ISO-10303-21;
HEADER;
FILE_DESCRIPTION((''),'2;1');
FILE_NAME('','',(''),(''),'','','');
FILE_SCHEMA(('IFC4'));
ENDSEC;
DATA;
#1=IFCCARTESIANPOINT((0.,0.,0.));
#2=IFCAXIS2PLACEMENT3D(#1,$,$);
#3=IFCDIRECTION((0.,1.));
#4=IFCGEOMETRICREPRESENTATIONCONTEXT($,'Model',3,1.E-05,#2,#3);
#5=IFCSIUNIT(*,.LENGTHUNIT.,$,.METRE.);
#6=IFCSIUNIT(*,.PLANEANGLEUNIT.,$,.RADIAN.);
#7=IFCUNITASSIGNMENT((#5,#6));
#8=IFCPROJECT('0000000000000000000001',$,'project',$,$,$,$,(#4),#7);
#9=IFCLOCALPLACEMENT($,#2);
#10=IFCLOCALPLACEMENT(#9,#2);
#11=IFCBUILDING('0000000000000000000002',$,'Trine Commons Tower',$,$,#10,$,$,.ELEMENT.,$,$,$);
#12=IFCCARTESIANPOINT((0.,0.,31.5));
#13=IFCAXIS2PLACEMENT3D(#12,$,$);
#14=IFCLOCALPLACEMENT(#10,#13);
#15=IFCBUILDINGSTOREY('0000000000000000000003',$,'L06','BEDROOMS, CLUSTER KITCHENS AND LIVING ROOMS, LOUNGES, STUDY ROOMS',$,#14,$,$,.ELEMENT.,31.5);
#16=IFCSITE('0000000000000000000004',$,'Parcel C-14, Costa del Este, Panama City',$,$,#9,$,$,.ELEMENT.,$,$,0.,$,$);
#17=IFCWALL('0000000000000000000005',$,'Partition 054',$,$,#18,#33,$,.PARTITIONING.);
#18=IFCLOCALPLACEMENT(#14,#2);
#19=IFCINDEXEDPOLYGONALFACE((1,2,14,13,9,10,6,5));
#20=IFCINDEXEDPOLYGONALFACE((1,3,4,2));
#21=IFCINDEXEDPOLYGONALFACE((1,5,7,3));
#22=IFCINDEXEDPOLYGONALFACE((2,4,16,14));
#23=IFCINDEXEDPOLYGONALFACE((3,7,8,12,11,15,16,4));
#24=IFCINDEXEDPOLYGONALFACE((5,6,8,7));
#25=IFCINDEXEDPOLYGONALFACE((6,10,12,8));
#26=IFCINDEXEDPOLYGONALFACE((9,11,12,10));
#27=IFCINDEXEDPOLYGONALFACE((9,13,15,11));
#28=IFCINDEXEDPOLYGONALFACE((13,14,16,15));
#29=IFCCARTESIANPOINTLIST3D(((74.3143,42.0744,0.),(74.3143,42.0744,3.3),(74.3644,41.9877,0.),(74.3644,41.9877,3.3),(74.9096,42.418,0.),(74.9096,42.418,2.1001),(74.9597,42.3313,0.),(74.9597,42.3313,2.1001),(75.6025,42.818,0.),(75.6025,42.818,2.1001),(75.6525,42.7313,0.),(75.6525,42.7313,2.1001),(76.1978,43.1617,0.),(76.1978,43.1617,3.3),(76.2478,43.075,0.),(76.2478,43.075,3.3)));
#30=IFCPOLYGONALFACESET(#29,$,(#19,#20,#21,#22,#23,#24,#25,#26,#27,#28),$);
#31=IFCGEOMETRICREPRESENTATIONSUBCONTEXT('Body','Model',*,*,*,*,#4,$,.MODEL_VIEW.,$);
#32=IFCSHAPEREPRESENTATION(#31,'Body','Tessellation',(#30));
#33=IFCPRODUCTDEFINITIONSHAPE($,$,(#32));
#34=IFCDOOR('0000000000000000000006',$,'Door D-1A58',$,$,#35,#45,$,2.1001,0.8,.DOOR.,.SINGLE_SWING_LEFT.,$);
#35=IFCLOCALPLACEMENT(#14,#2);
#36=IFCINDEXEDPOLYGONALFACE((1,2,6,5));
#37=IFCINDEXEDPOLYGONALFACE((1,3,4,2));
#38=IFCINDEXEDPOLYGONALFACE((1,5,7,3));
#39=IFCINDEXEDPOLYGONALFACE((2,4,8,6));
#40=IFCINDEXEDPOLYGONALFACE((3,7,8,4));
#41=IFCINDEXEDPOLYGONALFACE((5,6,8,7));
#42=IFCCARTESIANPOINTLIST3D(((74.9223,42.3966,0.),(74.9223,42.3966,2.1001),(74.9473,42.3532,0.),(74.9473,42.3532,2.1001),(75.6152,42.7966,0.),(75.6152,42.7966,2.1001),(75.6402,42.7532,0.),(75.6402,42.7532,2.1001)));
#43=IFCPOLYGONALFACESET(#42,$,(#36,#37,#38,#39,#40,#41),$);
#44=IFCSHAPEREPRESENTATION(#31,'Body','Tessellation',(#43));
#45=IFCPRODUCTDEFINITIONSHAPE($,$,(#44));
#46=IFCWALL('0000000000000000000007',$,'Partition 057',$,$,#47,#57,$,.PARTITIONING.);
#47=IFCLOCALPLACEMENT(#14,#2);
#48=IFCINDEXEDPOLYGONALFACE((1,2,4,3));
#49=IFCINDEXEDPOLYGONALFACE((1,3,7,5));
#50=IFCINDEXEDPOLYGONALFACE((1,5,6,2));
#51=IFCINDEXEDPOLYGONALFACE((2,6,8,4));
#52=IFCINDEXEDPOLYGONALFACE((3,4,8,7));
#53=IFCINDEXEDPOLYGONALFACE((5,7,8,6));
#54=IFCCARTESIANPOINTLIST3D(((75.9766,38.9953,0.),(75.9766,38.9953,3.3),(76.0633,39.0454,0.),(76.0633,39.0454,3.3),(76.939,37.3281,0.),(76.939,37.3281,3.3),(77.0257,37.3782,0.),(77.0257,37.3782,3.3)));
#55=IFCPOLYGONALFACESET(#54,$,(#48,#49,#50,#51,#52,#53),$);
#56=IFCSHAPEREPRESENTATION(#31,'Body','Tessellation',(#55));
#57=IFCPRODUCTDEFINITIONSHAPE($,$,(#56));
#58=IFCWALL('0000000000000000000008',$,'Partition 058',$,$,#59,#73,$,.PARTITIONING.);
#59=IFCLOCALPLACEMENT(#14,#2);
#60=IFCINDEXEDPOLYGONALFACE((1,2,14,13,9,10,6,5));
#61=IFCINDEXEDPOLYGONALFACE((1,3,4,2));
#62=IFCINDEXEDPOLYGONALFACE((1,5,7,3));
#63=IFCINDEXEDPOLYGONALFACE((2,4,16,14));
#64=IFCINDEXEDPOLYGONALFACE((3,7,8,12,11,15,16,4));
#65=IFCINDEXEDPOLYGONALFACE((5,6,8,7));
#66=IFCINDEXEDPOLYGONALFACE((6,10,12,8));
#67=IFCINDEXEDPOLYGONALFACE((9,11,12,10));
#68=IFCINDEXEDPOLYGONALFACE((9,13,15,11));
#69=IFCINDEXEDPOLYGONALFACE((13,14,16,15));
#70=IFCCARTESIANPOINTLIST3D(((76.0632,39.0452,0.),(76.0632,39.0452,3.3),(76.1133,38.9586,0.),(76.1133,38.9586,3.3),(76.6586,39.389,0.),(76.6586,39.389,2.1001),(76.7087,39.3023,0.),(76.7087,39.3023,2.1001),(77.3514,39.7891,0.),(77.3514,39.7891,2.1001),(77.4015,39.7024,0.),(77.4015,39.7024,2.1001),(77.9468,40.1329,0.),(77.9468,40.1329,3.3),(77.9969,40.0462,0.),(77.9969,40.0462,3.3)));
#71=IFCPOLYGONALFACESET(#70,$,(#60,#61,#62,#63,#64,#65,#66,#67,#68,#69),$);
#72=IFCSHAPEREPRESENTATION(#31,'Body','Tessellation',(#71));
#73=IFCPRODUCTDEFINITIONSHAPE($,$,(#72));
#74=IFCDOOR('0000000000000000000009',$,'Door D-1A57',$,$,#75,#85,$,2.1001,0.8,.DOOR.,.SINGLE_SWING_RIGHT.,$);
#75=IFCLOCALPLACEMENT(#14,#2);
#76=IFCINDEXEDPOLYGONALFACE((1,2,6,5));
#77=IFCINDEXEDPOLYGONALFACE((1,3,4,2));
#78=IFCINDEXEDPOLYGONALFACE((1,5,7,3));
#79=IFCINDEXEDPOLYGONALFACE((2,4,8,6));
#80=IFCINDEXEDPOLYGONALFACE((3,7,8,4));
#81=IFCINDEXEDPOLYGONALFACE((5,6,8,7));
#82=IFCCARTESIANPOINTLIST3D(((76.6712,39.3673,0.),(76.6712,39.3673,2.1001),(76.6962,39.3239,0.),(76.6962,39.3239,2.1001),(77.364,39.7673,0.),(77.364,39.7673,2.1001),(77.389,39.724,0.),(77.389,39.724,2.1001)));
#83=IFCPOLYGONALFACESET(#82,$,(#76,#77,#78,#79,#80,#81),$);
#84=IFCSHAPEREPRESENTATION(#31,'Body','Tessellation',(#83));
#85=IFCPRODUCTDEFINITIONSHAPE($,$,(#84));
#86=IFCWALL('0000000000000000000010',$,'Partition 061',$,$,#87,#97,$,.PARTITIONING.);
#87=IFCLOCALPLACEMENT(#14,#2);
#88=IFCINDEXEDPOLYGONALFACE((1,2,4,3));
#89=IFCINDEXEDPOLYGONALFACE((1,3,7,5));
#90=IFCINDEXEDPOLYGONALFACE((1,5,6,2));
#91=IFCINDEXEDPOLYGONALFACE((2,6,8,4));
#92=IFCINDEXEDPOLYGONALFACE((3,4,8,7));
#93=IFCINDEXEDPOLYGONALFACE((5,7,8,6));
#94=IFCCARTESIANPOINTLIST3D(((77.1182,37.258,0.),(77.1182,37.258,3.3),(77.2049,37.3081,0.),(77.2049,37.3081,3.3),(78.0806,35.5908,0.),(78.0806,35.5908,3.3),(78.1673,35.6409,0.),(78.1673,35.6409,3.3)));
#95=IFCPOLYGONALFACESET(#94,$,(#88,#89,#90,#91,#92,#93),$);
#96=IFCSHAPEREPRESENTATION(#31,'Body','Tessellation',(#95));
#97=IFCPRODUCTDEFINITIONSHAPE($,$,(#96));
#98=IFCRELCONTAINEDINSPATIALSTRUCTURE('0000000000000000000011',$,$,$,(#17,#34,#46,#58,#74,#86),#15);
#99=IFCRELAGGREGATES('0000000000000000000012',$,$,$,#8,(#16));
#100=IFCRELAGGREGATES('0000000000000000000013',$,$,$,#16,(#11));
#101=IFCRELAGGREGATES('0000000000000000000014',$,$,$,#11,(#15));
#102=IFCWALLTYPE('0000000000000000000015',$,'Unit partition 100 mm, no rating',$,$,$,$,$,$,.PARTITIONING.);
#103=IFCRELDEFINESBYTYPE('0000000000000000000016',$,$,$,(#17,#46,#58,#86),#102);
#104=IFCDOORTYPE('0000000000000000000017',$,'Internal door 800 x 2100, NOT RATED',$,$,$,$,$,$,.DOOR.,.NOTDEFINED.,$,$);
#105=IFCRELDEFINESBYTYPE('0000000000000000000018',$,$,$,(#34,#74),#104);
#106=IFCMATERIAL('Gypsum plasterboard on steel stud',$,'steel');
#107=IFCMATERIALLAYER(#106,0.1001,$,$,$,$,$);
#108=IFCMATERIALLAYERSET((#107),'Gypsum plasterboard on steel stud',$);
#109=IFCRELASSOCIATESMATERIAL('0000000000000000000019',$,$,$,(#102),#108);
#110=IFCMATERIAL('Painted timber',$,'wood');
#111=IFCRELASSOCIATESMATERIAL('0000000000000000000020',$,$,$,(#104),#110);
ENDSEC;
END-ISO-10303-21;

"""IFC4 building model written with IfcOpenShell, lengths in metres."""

from ifc_helpers import new_model, si_unit, direction, frame, frame_2d, origin, place, context, subcontext, project, spatial, rectangle, extrude, material, layer, layer_set, type_object, element, fill, save


model = new_model("IFC4")

# Units and contexts
model_context = context("Model", 3, precision=1e-05, world=origin(), true_north=direction((0.0, 1.0)))
body_context = subcontext(model_context, "Body", "Model", "MODEL_VIEW")
ifc_project = project(units=[si_unit("LENGTHUNIT", "METRE"), si_unit("PLANEANGLEUNIT", "RADIAN")], contexts=[model_context])

# Site, building, storey
site_placement = place(None, origin())
site = spatial("IfcSite", under=ifc_project, at=site_placement, Name="Parcel C-14, Costa del Este, Panama City", CompositionType="ELEMENT", RefElevation=0.0)
building_placement = place(site_placement, origin())
building = spatial("IfcBuilding", under=site, at=building_placement, Name="Trine Commons Tower", CompositionType="ELEMENT")
storey_placement = place(building_placement, frame((0.0, 0.0, 31.5)))
storey = spatial("IfcBuildingStorey", under=building, at=storey_placement, Name="L06", Description="BEDROOMS, CLUSTER KITCHENS AND LIVING ROOMS, LOUNGES, STUDY ROOMS", CompositionType="ELEMENT", Elevation=31.5)

# Shared definitions
ifc_material_1 = material(Name="Gypsum plasterboard on steel stud", Category="steel")

# Shared definitions
ifc_material_2 = material(Name="Painted timber", Category="wood")

# Wall, opening, door
ifc_layer_1 = layer(ifc_material_1, 0.1001)
ifc_layer_set_1 = layer_set([ifc_layer_1], Name="Gypsum plasterboard on steel stud")
wall_type_1 = type_object("IfcWallType", Name="Unit partition 100 mm, no rating", PredefinedType="PARTITIONING", material=ifc_layer_set_1)
wall_1_placement = place(storey_placement, frame((74.3394, 42.031, 0.0), z_axis=(0.0, 0.0, 1.0), x_axis=(0.866038, 0.499978, 0.0)))
wall_1 = element("IfcWall", 1, at=wall_1_placement, inside=storey, type_object=wall_type_1, Name="Partition 054", PredefinedType="PARTITIONING", context=body_context, shape_type="SweptSolid", body=[
    extrude(rectangle(XDim=2.1748, YDim=0.1001, at=frame_2d((1.0874, 0.0))), origin(), (0.0, 0.0, 1.0), 3.3),
])
opening_1_placement = place(wall_1_placement, frame((0.6875, 0.0, 0.0)))
opening_1 = element("IfcOpeningElement", 2, at=opening_1_placement, cuts=wall_1, PredefinedType="OPENING", context=body_context, shape_type="SweptSolid", body=[
    extrude(rectangle(XDim=0.8, YDim=2.1001, at=frame_2d((0.3999, 1.05))), frame((0.0, 0.0601, 0.0), z_axis=(0.0, -1.0, 0.0), x_axis=(1.0, 0.0, 0.0)), (0.0, 0.0, 1.0), 0.1201),
])
door_type_1 = type_object("IfcDoorType", Name="Internal door 800 x 2100, NOT RATED", OperationType="NOTDEFINED", PredefinedType="DOOR", material=ifc_material_2)
door_1_placement = place(opening_1_placement, frame((0.8, 0.0, 0.0), z_axis=(0.0, 0.0, 1.0), x_axis=(-1.0, 0.0, 0.0)))
door_1 = element("IfcDoor", 3, at=door_1_placement, inside=storey, type_object=door_type_1, Name="Door D-1A58", OperationType="SINGLE_SWING_LEFT", OverallHeight=2.1001, OverallWidth=0.8, PredefinedType="DOOR", context=body_context, shape_type="SweptSolid", body=[
    extrude(rectangle(XDim=0.8, YDim=2.1001, at=frame_2d((0.3999, 1.05))), frame((0.0, 0.0249, 0.0), z_axis=(0.0, -1.0, 0.0), x_axis=(1.0, 0.0, 0.0)), (0.0, 0.0, 1.0), 0.05),
])
fill(opening_1, door_1)

# Wall
wall_2_placement = place(storey_placement, frame((76.02, 39.0203, 0.0), z_axis=(0.0, 0.0, 1.0), x_axis=(0.499931, -0.866065, 0.0)))
element("IfcWall", 4, at=wall_2_placement, inside=storey, type_object=wall_type_1, Name="Partition 057", PredefinedType="PARTITIONING", context=body_context, shape_type="SweptSolid", body=[
    extrude(rectangle(XDim=1.925, YDim=0.1001, at=frame_2d((0.9624, 0.0))), origin(), (0.0, 0.0, 1.0), 3.3),
])

# Wall, opening, door
wall_3_placement = place(storey_placement, frame((76.0884, 39.002, 0.0), z_axis=(0.0, 0.0, 1.0), x_axis=(0.865989, 0.500063, 0.0)))
wall_3 = element("IfcWall", 5, at=wall_3_placement, inside=storey, type_object=wall_type_1, Name="Partition 058", PredefinedType="PARTITIONING", context=body_context, shape_type="SweptSolid", body=[
    extrude(rectangle(XDim=2.175, YDim=0.1001, at=frame_2d((1.0874, 0.0))), origin(), (0.0, 0.0, 1.0), 3.3),
])
opening_2_placement = place(wall_3_placement, frame((0.6875, 0.0, 0.0)))
opening_2 = element("IfcOpeningElement", 6, at=opening_2_placement, cuts=wall_3, PredefinedType="OPENING", context=body_context, shape_type="SweptSolid", body=[
    extrude(rectangle(XDim=0.8, YDim=2.1001, at=frame_2d((0.3999, 1.05))), frame((0.0, 0.0601, 0.0), z_axis=(0.0, -1.0, 0.0), x_axis=(1.0, 0.0, 0.0)), (0.0, 0.0, 1.0), 0.1201),
])
door_2_placement = place(opening_2_placement, origin())
door_2 = element("IfcDoor", 7, at=door_2_placement, inside=storey, type_object=door_type_1, Name="Door D-1A57", OperationType="SINGLE_SWING_RIGHT", OverallHeight=2.1001, OverallWidth=0.8, PredefinedType="DOOR", context=body_context, shape_type="SweptSolid", body=[
    extrude(rectangle(XDim=0.8, YDim=2.1001, at=frame_2d((0.3999, 1.05))), frame((0.0, 0.0249, 0.0), z_axis=(0.0, -1.0, 0.0), x_axis=(1.0, 0.0, 0.0)), (0.0, 0.0, 1.0), 0.05),
])
fill(opening_2, door_2)

# Wall
wall_4_placement = place(storey_placement, frame((77.1616, 37.283, 0.0), z_axis=(0.0, 0.0, 1.0), x_axis=(0.499931, -0.866065, 0.0)))
element("IfcWall", 8, at=wall_4_placement, inside=storey, type_object=wall_type_1, Name="Partition 061", PredefinedType="PARTITIONING", context=body_context, shape_type="SweptSolid", body=[
    extrude(rectangle(XDim=1.925, YDim=0.1001, at=frame_2d((0.9624, 0.0))), origin(), (0.0, 0.0, 1.0), 3.3),
])

save(model, "model.ifc")
